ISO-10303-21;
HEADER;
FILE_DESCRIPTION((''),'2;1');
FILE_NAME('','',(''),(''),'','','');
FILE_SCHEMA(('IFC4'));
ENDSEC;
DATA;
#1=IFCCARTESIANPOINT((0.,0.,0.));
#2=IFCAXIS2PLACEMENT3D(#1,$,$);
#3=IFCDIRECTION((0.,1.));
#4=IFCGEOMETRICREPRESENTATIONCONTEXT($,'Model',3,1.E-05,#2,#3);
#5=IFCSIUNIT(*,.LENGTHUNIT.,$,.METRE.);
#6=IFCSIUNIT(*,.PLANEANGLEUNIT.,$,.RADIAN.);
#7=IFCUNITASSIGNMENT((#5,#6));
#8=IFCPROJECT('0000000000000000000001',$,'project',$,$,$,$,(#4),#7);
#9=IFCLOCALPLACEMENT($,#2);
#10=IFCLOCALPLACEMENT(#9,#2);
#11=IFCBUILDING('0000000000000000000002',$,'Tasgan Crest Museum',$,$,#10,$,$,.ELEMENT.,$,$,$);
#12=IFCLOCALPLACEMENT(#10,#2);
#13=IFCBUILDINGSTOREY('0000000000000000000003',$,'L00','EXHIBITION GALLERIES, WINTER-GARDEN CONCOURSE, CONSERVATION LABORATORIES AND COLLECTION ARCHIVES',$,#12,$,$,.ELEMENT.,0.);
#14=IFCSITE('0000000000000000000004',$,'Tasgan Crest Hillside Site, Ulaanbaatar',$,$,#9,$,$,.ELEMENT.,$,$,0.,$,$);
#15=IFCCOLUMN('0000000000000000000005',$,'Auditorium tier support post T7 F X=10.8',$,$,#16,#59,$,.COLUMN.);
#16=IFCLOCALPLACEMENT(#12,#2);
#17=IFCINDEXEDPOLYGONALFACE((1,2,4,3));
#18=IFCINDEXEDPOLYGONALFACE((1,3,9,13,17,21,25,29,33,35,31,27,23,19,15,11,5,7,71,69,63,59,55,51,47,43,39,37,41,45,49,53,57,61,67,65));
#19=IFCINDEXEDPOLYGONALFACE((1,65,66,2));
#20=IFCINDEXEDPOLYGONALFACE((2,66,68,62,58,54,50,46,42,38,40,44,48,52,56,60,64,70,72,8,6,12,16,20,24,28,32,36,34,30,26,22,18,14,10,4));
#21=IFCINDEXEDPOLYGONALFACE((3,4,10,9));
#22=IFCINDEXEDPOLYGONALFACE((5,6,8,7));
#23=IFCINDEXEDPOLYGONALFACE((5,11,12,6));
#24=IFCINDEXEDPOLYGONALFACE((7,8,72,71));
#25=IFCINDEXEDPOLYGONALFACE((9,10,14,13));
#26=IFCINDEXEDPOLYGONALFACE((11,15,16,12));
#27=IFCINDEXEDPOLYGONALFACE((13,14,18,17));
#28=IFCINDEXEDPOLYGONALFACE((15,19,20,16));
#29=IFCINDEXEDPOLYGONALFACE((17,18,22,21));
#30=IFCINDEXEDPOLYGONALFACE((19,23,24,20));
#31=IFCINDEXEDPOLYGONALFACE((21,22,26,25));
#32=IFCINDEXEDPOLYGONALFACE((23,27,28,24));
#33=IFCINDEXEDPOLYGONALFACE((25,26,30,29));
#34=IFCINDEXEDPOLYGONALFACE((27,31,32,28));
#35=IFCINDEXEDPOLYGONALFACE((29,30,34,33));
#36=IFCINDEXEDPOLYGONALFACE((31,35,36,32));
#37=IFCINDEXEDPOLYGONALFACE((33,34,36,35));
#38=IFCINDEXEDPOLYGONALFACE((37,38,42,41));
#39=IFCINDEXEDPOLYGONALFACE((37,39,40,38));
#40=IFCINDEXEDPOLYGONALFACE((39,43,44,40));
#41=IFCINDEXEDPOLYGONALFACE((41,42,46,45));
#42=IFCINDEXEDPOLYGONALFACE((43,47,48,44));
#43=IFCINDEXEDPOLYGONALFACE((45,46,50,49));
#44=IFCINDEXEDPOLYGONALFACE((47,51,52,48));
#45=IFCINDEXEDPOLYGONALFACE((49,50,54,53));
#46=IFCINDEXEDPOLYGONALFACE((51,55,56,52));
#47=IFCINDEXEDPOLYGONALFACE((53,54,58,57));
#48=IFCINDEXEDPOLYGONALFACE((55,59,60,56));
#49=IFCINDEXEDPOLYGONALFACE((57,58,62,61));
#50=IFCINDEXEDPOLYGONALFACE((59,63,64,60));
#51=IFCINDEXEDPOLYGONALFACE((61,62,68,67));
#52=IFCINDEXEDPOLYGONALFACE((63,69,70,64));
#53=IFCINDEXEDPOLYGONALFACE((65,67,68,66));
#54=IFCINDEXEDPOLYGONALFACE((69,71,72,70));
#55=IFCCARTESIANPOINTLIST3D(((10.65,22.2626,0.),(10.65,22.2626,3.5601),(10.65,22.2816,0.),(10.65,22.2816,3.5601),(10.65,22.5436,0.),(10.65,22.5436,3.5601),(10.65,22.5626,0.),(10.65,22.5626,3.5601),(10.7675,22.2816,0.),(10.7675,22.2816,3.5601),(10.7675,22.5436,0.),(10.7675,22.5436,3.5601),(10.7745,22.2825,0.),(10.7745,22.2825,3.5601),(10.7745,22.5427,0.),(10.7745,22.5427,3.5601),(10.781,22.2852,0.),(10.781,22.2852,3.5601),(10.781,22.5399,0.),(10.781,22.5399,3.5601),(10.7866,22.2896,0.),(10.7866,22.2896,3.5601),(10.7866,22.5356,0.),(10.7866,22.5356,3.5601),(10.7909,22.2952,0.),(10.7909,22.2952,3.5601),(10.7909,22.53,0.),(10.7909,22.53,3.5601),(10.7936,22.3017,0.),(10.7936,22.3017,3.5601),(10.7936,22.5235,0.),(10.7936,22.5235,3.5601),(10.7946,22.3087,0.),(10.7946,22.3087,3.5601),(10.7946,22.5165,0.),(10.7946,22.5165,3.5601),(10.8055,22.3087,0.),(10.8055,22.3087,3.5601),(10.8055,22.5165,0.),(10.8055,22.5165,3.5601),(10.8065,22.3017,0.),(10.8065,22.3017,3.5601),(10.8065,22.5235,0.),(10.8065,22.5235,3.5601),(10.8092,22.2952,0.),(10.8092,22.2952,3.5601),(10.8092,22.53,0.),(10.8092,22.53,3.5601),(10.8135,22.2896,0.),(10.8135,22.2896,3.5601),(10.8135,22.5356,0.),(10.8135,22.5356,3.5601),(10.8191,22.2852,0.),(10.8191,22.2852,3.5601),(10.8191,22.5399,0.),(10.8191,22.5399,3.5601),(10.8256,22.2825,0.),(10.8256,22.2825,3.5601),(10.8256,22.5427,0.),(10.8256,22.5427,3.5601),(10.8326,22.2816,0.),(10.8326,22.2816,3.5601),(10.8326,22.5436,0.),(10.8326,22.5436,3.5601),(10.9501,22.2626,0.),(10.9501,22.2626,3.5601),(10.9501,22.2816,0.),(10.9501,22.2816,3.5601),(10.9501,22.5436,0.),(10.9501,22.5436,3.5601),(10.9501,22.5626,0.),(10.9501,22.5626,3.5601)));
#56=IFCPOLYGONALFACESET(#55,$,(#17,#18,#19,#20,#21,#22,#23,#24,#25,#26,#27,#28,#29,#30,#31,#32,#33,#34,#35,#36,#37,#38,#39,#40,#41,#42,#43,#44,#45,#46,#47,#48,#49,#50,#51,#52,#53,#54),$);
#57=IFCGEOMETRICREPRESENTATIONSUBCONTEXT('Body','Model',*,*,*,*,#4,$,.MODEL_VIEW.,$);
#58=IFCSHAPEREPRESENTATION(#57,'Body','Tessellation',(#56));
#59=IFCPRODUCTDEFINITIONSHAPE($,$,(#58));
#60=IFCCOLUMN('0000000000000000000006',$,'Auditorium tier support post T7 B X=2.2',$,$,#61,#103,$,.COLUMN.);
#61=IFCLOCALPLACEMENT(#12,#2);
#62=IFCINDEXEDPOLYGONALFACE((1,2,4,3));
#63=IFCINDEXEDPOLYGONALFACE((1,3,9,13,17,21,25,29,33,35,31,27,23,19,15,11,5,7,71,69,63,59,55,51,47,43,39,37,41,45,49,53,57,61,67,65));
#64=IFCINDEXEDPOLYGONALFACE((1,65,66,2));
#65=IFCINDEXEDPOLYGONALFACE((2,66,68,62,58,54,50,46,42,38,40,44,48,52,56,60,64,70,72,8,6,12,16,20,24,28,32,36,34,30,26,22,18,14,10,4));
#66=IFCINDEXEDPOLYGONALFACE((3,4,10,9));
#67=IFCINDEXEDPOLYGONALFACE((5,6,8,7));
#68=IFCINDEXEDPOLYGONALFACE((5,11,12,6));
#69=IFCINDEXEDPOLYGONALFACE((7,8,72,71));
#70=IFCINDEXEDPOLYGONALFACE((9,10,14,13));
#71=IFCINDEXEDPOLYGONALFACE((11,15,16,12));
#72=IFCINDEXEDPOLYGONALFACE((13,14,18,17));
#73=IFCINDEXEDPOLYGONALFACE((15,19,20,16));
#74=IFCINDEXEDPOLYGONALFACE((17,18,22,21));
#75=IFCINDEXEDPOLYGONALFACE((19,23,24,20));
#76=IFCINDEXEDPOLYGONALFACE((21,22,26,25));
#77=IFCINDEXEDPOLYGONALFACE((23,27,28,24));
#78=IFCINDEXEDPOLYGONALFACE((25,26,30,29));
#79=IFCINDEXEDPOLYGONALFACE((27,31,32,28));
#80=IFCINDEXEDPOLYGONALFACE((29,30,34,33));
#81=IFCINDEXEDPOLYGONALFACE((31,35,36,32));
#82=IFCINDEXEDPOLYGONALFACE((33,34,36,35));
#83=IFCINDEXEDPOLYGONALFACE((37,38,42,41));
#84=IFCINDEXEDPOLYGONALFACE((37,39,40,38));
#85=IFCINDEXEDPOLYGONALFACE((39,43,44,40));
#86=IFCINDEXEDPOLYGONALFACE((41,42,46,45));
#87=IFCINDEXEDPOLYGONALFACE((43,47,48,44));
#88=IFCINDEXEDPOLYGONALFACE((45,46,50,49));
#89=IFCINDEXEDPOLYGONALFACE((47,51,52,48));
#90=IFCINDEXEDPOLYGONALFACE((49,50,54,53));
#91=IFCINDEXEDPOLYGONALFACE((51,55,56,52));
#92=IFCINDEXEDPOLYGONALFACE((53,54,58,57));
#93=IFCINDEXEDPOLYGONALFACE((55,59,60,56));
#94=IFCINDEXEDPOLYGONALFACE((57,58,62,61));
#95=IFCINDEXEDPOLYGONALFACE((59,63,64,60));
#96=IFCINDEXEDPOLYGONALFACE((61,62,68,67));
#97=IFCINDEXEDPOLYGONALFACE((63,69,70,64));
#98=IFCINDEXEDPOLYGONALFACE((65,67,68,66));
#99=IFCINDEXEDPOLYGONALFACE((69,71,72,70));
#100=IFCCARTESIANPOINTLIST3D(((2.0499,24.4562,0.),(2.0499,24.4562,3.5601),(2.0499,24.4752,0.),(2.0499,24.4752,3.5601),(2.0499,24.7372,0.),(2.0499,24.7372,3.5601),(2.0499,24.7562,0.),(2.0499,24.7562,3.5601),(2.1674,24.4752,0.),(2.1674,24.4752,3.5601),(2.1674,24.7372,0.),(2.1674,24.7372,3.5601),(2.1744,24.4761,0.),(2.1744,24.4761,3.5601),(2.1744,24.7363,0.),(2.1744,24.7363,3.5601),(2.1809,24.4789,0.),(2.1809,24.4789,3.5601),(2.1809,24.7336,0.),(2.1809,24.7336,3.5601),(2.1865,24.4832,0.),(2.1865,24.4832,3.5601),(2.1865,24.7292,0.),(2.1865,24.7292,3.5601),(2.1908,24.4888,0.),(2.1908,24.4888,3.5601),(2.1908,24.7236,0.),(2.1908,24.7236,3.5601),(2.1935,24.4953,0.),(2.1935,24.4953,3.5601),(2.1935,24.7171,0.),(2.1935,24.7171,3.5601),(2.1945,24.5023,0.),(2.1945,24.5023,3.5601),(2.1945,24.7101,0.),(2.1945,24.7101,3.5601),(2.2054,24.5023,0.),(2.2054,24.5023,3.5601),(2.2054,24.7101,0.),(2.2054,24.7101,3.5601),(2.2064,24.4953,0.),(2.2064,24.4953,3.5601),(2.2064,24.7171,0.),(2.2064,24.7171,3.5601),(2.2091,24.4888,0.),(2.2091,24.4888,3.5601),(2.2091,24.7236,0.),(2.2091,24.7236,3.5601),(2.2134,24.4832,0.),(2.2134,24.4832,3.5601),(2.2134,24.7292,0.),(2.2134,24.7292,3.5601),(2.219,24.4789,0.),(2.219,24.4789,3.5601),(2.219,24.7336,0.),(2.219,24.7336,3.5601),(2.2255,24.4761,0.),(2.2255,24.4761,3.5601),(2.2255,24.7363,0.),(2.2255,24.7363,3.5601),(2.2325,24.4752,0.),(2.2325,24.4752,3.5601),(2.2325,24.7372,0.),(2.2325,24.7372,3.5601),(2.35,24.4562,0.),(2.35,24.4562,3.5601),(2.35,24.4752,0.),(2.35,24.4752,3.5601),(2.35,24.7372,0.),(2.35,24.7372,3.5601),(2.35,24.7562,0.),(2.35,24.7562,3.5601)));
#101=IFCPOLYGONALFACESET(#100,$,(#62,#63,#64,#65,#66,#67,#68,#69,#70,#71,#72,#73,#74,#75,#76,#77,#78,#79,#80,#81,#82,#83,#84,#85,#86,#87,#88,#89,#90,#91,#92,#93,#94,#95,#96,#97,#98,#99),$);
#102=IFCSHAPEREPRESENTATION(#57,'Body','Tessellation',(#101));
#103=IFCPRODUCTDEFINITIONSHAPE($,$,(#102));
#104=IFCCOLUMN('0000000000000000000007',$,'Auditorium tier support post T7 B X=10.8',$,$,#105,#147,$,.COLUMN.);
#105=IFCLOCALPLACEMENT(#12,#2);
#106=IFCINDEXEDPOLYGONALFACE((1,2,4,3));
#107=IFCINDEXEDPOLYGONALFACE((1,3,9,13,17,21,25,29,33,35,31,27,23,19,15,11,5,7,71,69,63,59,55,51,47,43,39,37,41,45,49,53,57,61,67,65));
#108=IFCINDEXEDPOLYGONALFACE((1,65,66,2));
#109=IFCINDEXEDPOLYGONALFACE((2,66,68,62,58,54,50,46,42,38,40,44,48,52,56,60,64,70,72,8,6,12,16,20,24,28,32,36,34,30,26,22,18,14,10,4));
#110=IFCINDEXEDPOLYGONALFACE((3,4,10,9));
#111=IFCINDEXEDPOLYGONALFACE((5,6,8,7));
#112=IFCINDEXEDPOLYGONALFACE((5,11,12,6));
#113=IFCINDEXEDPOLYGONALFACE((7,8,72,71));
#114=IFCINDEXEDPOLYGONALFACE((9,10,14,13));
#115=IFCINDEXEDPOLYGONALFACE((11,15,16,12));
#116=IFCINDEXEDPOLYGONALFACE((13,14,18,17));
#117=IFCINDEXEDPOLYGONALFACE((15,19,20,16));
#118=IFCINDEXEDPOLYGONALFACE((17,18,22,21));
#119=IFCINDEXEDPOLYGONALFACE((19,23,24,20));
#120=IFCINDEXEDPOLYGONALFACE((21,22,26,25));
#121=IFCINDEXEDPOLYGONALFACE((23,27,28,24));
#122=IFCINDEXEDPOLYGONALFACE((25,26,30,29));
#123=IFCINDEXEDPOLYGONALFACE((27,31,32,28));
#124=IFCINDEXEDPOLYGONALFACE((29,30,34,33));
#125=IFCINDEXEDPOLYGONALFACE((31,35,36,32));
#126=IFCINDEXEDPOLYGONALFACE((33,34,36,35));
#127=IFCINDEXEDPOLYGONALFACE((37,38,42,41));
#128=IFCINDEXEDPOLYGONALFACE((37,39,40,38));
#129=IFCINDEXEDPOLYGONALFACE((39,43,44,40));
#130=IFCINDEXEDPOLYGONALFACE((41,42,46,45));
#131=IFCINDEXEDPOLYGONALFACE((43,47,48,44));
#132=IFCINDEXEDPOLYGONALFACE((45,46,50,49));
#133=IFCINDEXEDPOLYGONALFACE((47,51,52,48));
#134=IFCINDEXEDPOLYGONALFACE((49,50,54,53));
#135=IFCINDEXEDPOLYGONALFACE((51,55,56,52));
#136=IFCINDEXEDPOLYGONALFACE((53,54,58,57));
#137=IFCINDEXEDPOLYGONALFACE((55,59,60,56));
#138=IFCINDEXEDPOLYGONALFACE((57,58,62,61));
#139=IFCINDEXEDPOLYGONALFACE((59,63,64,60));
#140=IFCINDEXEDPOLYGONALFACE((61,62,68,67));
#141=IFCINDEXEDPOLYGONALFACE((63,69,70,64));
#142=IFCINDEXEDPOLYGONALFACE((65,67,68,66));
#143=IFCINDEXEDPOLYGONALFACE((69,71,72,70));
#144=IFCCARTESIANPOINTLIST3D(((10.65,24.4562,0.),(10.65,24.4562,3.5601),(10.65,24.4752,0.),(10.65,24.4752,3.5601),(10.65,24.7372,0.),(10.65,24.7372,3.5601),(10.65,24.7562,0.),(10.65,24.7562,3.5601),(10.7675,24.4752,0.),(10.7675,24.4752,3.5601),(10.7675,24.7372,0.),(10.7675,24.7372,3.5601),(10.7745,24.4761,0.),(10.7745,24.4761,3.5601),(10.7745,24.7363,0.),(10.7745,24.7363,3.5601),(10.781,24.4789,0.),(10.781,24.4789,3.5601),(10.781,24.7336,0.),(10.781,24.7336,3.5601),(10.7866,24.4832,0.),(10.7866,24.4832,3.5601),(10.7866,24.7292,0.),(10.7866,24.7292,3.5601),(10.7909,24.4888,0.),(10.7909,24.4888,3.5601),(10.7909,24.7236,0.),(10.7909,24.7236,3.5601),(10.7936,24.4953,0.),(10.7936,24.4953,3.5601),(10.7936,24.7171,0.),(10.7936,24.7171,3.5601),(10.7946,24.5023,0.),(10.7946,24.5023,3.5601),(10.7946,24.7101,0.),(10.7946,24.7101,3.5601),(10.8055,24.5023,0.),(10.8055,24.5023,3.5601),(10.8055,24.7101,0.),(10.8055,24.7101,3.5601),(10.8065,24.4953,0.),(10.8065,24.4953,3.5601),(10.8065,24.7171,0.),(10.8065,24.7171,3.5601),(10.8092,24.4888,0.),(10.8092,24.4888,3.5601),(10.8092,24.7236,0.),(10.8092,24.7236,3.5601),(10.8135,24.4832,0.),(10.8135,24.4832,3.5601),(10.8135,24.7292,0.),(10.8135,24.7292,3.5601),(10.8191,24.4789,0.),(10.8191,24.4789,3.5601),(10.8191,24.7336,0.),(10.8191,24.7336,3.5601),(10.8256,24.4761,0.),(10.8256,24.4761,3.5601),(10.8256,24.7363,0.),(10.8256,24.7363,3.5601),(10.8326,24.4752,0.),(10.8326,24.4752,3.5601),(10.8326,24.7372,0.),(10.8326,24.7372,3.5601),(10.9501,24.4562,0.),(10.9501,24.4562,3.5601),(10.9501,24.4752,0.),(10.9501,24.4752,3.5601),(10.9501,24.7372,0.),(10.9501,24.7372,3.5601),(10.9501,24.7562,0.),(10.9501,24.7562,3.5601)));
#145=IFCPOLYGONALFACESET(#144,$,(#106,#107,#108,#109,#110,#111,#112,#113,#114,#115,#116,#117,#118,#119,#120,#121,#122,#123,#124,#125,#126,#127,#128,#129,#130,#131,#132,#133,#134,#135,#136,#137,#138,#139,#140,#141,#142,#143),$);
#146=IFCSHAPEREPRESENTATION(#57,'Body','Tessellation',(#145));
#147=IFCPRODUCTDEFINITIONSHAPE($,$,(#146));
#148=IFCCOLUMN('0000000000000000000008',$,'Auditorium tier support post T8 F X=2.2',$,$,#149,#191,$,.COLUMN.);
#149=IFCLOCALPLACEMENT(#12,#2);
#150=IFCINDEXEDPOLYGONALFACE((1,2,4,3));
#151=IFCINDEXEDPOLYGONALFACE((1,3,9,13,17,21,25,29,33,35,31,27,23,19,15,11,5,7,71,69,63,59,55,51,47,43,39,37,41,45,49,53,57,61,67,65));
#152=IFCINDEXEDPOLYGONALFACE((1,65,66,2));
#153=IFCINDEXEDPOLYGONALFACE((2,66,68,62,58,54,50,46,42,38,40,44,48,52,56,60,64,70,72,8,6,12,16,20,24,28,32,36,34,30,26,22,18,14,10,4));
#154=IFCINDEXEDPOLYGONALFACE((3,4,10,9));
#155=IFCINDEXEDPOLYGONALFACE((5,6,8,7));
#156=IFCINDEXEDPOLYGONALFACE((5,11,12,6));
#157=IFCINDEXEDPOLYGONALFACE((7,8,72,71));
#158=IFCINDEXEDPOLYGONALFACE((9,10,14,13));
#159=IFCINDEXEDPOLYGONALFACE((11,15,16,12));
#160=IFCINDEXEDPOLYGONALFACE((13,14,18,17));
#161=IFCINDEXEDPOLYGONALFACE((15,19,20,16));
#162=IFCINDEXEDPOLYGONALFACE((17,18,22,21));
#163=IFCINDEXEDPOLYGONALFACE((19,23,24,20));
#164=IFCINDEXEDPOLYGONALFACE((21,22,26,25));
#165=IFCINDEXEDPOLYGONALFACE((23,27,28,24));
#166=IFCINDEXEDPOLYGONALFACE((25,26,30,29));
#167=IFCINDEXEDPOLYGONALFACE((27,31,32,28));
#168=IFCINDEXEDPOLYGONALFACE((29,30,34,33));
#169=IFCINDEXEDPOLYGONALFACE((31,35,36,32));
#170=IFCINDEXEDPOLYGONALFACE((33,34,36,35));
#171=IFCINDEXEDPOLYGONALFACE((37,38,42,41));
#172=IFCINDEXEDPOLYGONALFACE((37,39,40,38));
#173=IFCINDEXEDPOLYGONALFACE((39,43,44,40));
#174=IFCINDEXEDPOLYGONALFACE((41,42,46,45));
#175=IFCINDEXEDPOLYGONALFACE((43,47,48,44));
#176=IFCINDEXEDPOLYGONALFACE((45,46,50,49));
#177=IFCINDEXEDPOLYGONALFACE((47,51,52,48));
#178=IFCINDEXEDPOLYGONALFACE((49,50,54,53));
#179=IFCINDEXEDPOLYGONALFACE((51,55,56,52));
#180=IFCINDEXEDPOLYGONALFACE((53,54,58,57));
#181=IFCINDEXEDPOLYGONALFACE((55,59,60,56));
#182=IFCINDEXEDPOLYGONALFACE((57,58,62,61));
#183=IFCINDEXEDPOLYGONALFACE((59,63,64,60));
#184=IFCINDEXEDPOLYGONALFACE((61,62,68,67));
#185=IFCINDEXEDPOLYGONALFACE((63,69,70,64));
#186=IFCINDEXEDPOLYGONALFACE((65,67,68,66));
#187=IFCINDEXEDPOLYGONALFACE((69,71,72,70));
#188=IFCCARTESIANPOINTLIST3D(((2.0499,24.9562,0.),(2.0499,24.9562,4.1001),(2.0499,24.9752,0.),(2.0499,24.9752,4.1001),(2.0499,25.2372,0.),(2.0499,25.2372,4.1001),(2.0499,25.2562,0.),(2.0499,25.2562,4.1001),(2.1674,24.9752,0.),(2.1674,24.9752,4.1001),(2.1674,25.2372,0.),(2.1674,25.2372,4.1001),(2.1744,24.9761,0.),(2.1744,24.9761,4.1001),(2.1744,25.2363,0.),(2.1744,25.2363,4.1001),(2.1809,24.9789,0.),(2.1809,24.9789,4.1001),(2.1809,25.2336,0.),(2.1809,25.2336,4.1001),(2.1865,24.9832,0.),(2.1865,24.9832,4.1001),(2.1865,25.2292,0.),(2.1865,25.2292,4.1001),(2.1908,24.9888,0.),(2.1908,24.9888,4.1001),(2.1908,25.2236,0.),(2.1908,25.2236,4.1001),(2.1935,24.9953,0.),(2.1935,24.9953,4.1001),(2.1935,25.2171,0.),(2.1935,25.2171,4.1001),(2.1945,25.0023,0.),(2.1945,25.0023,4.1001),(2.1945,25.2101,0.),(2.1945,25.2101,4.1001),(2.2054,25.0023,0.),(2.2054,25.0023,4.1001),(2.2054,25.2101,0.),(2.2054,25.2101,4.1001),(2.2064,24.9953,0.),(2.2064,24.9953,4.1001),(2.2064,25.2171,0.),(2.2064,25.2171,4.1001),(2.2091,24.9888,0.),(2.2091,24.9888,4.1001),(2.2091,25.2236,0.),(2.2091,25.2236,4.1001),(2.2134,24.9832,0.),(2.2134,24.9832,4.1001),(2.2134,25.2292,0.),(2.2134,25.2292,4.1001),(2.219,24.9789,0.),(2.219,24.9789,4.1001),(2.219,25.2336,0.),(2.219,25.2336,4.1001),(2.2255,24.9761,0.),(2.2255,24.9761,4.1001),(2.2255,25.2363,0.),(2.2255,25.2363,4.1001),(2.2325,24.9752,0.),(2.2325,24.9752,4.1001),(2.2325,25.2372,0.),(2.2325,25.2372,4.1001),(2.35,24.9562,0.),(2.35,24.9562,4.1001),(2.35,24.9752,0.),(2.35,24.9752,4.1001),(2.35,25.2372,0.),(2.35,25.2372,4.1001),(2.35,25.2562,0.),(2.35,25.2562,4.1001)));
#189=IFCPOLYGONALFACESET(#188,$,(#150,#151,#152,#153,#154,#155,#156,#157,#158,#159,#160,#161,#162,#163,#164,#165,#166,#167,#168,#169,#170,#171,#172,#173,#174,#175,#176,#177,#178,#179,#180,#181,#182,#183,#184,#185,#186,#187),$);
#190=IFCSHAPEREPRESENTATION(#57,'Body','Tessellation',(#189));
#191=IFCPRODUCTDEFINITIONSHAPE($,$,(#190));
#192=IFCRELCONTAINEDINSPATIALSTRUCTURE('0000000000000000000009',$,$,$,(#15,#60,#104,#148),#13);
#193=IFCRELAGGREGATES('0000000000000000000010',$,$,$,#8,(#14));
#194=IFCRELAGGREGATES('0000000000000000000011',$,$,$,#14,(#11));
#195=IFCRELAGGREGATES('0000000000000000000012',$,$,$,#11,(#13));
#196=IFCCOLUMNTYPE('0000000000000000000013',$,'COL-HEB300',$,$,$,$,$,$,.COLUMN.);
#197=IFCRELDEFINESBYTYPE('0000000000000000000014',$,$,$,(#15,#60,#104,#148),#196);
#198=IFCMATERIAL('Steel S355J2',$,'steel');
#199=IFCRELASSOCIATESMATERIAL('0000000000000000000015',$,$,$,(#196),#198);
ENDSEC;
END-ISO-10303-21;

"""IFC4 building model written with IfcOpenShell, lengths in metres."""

from ifc_helpers import new_model, si_unit, direction, frame, origin, origin_2d, place, context, subcontext, project, spatial, i_section, extrude, material, material_profile, profile_set, type_object, element, save


model = new_model("IFC4")

# Units and contexts
model_context = context("Model", 3, precision=1e-05, world=origin(), true_north=direction((0.0, 1.0)))
body_context = subcontext(model_context, "Body", "Model", "MODEL_VIEW")
ifc_project = project(units=[si_unit("LENGTHUNIT", "METRE"), si_unit("PLANEANGLEUNIT", "RADIAN")], contexts=[model_context])

# Site, building, storey
site_placement = place(None, origin())
site = spatial("IfcSite", under=ifc_project, at=site_placement, Name="Tasgan Crest Hillside Site, Ulaanbaatar", CompositionType="ELEMENT", RefElevation=0.0)
building_placement = place(site_placement, origin())
building = spatial("IfcBuilding", under=site, at=building_placement, Name="Tasgan Crest Museum", CompositionType="ELEMENT")
storey_placement = place(building_placement, origin())
storey = spatial("IfcBuildingStorey", under=building, at=storey_placement, Name="L00", Description="EXHIBITION GALLERIES, WINTER-GARDEN CONCOURSE, CONSERVATION LABORATORIES AND COLLECTION ARCHIVES", CompositionType="ELEMENT", Elevation=0.0)

# Columns
ifc_material_1 = material(Name="Steel S355J2", Category="steel")
ifc_material_profile_1 = material_profile(ifc_material_1, i_section(OverallWidth=0.3, OverallDepth=0.3, WebThickness=0.011, FlangeThickness=0.019, FilletRadius=0.0271, at=origin_2d()), Name="HEB 300")
ifc_profile_set_1 = profile_set([ifc_material_profile_1], Name="Steel S355J2")
column_type_1 = type_object("IfcColumnType", Name="COL-HEB300", PredefinedType="COLUMN", material=ifc_profile_set_1)
for number, where, z_axis, x_axis, name in (
    (1, (10.8, 22.4126, 0.0), (0.0, 0.0, 1.0), (1.0, 0.0, 0.0), "Auditorium tier support post T7 F X=10.8"),
    (2, (2.2, 24.6062, 0.0), (0.0, 0.0, 1.0), (1.0, 0.0, 0.0), "Auditorium tier support post T7 B X=2.2"),
    (3, (10.8, 24.6062, 0.0), (0.0, 0.0, 1.0), (1.0, 0.0, 0.0), "Auditorium tier support post T7 B X=10.8"),
):
    element("IfcColumn", number, at=place(storey_placement, frame(where, z_axis=z_axis, x_axis=x_axis)), inside=storey, type_object=column_type_1, Name=name, PredefinedType="COLUMN", context=body_context, shape_type="SweptSolid", body=[
        extrude(i_section(OverallWidth=0.3, OverallDepth=0.3, WebThickness=0.011, FlangeThickness=0.019, FilletRadius=0.0271, at=origin_2d()), origin(), (0.0, 0.0, 1.0), 3.5601),
    ])
for number, where, z_axis, x_axis, name in (
    (4, (2.2, 25.1062, 0.0), (0.0, 0.0, 1.0), (1.0, 0.0, 0.0), "Auditorium tier support post T8 F X=2.2"),
):
    element("IfcColumn", number, at=place(storey_placement, frame(where, z_axis=z_axis, x_axis=x_axis)), inside=storey, type_object=column_type_1, Name=name, PredefinedType="COLUMN", context=body_context, shape_type="SweptSolid", body=[
        extrude(i_section(OverallWidth=0.3, OverallDepth=0.3, WebThickness=0.011, FlangeThickness=0.019, FilletRadius=0.0271, at=origin_2d()), origin(), (0.0, 0.0, 1.0), 4.1001),
    ])

save(model, "model.ifc")
